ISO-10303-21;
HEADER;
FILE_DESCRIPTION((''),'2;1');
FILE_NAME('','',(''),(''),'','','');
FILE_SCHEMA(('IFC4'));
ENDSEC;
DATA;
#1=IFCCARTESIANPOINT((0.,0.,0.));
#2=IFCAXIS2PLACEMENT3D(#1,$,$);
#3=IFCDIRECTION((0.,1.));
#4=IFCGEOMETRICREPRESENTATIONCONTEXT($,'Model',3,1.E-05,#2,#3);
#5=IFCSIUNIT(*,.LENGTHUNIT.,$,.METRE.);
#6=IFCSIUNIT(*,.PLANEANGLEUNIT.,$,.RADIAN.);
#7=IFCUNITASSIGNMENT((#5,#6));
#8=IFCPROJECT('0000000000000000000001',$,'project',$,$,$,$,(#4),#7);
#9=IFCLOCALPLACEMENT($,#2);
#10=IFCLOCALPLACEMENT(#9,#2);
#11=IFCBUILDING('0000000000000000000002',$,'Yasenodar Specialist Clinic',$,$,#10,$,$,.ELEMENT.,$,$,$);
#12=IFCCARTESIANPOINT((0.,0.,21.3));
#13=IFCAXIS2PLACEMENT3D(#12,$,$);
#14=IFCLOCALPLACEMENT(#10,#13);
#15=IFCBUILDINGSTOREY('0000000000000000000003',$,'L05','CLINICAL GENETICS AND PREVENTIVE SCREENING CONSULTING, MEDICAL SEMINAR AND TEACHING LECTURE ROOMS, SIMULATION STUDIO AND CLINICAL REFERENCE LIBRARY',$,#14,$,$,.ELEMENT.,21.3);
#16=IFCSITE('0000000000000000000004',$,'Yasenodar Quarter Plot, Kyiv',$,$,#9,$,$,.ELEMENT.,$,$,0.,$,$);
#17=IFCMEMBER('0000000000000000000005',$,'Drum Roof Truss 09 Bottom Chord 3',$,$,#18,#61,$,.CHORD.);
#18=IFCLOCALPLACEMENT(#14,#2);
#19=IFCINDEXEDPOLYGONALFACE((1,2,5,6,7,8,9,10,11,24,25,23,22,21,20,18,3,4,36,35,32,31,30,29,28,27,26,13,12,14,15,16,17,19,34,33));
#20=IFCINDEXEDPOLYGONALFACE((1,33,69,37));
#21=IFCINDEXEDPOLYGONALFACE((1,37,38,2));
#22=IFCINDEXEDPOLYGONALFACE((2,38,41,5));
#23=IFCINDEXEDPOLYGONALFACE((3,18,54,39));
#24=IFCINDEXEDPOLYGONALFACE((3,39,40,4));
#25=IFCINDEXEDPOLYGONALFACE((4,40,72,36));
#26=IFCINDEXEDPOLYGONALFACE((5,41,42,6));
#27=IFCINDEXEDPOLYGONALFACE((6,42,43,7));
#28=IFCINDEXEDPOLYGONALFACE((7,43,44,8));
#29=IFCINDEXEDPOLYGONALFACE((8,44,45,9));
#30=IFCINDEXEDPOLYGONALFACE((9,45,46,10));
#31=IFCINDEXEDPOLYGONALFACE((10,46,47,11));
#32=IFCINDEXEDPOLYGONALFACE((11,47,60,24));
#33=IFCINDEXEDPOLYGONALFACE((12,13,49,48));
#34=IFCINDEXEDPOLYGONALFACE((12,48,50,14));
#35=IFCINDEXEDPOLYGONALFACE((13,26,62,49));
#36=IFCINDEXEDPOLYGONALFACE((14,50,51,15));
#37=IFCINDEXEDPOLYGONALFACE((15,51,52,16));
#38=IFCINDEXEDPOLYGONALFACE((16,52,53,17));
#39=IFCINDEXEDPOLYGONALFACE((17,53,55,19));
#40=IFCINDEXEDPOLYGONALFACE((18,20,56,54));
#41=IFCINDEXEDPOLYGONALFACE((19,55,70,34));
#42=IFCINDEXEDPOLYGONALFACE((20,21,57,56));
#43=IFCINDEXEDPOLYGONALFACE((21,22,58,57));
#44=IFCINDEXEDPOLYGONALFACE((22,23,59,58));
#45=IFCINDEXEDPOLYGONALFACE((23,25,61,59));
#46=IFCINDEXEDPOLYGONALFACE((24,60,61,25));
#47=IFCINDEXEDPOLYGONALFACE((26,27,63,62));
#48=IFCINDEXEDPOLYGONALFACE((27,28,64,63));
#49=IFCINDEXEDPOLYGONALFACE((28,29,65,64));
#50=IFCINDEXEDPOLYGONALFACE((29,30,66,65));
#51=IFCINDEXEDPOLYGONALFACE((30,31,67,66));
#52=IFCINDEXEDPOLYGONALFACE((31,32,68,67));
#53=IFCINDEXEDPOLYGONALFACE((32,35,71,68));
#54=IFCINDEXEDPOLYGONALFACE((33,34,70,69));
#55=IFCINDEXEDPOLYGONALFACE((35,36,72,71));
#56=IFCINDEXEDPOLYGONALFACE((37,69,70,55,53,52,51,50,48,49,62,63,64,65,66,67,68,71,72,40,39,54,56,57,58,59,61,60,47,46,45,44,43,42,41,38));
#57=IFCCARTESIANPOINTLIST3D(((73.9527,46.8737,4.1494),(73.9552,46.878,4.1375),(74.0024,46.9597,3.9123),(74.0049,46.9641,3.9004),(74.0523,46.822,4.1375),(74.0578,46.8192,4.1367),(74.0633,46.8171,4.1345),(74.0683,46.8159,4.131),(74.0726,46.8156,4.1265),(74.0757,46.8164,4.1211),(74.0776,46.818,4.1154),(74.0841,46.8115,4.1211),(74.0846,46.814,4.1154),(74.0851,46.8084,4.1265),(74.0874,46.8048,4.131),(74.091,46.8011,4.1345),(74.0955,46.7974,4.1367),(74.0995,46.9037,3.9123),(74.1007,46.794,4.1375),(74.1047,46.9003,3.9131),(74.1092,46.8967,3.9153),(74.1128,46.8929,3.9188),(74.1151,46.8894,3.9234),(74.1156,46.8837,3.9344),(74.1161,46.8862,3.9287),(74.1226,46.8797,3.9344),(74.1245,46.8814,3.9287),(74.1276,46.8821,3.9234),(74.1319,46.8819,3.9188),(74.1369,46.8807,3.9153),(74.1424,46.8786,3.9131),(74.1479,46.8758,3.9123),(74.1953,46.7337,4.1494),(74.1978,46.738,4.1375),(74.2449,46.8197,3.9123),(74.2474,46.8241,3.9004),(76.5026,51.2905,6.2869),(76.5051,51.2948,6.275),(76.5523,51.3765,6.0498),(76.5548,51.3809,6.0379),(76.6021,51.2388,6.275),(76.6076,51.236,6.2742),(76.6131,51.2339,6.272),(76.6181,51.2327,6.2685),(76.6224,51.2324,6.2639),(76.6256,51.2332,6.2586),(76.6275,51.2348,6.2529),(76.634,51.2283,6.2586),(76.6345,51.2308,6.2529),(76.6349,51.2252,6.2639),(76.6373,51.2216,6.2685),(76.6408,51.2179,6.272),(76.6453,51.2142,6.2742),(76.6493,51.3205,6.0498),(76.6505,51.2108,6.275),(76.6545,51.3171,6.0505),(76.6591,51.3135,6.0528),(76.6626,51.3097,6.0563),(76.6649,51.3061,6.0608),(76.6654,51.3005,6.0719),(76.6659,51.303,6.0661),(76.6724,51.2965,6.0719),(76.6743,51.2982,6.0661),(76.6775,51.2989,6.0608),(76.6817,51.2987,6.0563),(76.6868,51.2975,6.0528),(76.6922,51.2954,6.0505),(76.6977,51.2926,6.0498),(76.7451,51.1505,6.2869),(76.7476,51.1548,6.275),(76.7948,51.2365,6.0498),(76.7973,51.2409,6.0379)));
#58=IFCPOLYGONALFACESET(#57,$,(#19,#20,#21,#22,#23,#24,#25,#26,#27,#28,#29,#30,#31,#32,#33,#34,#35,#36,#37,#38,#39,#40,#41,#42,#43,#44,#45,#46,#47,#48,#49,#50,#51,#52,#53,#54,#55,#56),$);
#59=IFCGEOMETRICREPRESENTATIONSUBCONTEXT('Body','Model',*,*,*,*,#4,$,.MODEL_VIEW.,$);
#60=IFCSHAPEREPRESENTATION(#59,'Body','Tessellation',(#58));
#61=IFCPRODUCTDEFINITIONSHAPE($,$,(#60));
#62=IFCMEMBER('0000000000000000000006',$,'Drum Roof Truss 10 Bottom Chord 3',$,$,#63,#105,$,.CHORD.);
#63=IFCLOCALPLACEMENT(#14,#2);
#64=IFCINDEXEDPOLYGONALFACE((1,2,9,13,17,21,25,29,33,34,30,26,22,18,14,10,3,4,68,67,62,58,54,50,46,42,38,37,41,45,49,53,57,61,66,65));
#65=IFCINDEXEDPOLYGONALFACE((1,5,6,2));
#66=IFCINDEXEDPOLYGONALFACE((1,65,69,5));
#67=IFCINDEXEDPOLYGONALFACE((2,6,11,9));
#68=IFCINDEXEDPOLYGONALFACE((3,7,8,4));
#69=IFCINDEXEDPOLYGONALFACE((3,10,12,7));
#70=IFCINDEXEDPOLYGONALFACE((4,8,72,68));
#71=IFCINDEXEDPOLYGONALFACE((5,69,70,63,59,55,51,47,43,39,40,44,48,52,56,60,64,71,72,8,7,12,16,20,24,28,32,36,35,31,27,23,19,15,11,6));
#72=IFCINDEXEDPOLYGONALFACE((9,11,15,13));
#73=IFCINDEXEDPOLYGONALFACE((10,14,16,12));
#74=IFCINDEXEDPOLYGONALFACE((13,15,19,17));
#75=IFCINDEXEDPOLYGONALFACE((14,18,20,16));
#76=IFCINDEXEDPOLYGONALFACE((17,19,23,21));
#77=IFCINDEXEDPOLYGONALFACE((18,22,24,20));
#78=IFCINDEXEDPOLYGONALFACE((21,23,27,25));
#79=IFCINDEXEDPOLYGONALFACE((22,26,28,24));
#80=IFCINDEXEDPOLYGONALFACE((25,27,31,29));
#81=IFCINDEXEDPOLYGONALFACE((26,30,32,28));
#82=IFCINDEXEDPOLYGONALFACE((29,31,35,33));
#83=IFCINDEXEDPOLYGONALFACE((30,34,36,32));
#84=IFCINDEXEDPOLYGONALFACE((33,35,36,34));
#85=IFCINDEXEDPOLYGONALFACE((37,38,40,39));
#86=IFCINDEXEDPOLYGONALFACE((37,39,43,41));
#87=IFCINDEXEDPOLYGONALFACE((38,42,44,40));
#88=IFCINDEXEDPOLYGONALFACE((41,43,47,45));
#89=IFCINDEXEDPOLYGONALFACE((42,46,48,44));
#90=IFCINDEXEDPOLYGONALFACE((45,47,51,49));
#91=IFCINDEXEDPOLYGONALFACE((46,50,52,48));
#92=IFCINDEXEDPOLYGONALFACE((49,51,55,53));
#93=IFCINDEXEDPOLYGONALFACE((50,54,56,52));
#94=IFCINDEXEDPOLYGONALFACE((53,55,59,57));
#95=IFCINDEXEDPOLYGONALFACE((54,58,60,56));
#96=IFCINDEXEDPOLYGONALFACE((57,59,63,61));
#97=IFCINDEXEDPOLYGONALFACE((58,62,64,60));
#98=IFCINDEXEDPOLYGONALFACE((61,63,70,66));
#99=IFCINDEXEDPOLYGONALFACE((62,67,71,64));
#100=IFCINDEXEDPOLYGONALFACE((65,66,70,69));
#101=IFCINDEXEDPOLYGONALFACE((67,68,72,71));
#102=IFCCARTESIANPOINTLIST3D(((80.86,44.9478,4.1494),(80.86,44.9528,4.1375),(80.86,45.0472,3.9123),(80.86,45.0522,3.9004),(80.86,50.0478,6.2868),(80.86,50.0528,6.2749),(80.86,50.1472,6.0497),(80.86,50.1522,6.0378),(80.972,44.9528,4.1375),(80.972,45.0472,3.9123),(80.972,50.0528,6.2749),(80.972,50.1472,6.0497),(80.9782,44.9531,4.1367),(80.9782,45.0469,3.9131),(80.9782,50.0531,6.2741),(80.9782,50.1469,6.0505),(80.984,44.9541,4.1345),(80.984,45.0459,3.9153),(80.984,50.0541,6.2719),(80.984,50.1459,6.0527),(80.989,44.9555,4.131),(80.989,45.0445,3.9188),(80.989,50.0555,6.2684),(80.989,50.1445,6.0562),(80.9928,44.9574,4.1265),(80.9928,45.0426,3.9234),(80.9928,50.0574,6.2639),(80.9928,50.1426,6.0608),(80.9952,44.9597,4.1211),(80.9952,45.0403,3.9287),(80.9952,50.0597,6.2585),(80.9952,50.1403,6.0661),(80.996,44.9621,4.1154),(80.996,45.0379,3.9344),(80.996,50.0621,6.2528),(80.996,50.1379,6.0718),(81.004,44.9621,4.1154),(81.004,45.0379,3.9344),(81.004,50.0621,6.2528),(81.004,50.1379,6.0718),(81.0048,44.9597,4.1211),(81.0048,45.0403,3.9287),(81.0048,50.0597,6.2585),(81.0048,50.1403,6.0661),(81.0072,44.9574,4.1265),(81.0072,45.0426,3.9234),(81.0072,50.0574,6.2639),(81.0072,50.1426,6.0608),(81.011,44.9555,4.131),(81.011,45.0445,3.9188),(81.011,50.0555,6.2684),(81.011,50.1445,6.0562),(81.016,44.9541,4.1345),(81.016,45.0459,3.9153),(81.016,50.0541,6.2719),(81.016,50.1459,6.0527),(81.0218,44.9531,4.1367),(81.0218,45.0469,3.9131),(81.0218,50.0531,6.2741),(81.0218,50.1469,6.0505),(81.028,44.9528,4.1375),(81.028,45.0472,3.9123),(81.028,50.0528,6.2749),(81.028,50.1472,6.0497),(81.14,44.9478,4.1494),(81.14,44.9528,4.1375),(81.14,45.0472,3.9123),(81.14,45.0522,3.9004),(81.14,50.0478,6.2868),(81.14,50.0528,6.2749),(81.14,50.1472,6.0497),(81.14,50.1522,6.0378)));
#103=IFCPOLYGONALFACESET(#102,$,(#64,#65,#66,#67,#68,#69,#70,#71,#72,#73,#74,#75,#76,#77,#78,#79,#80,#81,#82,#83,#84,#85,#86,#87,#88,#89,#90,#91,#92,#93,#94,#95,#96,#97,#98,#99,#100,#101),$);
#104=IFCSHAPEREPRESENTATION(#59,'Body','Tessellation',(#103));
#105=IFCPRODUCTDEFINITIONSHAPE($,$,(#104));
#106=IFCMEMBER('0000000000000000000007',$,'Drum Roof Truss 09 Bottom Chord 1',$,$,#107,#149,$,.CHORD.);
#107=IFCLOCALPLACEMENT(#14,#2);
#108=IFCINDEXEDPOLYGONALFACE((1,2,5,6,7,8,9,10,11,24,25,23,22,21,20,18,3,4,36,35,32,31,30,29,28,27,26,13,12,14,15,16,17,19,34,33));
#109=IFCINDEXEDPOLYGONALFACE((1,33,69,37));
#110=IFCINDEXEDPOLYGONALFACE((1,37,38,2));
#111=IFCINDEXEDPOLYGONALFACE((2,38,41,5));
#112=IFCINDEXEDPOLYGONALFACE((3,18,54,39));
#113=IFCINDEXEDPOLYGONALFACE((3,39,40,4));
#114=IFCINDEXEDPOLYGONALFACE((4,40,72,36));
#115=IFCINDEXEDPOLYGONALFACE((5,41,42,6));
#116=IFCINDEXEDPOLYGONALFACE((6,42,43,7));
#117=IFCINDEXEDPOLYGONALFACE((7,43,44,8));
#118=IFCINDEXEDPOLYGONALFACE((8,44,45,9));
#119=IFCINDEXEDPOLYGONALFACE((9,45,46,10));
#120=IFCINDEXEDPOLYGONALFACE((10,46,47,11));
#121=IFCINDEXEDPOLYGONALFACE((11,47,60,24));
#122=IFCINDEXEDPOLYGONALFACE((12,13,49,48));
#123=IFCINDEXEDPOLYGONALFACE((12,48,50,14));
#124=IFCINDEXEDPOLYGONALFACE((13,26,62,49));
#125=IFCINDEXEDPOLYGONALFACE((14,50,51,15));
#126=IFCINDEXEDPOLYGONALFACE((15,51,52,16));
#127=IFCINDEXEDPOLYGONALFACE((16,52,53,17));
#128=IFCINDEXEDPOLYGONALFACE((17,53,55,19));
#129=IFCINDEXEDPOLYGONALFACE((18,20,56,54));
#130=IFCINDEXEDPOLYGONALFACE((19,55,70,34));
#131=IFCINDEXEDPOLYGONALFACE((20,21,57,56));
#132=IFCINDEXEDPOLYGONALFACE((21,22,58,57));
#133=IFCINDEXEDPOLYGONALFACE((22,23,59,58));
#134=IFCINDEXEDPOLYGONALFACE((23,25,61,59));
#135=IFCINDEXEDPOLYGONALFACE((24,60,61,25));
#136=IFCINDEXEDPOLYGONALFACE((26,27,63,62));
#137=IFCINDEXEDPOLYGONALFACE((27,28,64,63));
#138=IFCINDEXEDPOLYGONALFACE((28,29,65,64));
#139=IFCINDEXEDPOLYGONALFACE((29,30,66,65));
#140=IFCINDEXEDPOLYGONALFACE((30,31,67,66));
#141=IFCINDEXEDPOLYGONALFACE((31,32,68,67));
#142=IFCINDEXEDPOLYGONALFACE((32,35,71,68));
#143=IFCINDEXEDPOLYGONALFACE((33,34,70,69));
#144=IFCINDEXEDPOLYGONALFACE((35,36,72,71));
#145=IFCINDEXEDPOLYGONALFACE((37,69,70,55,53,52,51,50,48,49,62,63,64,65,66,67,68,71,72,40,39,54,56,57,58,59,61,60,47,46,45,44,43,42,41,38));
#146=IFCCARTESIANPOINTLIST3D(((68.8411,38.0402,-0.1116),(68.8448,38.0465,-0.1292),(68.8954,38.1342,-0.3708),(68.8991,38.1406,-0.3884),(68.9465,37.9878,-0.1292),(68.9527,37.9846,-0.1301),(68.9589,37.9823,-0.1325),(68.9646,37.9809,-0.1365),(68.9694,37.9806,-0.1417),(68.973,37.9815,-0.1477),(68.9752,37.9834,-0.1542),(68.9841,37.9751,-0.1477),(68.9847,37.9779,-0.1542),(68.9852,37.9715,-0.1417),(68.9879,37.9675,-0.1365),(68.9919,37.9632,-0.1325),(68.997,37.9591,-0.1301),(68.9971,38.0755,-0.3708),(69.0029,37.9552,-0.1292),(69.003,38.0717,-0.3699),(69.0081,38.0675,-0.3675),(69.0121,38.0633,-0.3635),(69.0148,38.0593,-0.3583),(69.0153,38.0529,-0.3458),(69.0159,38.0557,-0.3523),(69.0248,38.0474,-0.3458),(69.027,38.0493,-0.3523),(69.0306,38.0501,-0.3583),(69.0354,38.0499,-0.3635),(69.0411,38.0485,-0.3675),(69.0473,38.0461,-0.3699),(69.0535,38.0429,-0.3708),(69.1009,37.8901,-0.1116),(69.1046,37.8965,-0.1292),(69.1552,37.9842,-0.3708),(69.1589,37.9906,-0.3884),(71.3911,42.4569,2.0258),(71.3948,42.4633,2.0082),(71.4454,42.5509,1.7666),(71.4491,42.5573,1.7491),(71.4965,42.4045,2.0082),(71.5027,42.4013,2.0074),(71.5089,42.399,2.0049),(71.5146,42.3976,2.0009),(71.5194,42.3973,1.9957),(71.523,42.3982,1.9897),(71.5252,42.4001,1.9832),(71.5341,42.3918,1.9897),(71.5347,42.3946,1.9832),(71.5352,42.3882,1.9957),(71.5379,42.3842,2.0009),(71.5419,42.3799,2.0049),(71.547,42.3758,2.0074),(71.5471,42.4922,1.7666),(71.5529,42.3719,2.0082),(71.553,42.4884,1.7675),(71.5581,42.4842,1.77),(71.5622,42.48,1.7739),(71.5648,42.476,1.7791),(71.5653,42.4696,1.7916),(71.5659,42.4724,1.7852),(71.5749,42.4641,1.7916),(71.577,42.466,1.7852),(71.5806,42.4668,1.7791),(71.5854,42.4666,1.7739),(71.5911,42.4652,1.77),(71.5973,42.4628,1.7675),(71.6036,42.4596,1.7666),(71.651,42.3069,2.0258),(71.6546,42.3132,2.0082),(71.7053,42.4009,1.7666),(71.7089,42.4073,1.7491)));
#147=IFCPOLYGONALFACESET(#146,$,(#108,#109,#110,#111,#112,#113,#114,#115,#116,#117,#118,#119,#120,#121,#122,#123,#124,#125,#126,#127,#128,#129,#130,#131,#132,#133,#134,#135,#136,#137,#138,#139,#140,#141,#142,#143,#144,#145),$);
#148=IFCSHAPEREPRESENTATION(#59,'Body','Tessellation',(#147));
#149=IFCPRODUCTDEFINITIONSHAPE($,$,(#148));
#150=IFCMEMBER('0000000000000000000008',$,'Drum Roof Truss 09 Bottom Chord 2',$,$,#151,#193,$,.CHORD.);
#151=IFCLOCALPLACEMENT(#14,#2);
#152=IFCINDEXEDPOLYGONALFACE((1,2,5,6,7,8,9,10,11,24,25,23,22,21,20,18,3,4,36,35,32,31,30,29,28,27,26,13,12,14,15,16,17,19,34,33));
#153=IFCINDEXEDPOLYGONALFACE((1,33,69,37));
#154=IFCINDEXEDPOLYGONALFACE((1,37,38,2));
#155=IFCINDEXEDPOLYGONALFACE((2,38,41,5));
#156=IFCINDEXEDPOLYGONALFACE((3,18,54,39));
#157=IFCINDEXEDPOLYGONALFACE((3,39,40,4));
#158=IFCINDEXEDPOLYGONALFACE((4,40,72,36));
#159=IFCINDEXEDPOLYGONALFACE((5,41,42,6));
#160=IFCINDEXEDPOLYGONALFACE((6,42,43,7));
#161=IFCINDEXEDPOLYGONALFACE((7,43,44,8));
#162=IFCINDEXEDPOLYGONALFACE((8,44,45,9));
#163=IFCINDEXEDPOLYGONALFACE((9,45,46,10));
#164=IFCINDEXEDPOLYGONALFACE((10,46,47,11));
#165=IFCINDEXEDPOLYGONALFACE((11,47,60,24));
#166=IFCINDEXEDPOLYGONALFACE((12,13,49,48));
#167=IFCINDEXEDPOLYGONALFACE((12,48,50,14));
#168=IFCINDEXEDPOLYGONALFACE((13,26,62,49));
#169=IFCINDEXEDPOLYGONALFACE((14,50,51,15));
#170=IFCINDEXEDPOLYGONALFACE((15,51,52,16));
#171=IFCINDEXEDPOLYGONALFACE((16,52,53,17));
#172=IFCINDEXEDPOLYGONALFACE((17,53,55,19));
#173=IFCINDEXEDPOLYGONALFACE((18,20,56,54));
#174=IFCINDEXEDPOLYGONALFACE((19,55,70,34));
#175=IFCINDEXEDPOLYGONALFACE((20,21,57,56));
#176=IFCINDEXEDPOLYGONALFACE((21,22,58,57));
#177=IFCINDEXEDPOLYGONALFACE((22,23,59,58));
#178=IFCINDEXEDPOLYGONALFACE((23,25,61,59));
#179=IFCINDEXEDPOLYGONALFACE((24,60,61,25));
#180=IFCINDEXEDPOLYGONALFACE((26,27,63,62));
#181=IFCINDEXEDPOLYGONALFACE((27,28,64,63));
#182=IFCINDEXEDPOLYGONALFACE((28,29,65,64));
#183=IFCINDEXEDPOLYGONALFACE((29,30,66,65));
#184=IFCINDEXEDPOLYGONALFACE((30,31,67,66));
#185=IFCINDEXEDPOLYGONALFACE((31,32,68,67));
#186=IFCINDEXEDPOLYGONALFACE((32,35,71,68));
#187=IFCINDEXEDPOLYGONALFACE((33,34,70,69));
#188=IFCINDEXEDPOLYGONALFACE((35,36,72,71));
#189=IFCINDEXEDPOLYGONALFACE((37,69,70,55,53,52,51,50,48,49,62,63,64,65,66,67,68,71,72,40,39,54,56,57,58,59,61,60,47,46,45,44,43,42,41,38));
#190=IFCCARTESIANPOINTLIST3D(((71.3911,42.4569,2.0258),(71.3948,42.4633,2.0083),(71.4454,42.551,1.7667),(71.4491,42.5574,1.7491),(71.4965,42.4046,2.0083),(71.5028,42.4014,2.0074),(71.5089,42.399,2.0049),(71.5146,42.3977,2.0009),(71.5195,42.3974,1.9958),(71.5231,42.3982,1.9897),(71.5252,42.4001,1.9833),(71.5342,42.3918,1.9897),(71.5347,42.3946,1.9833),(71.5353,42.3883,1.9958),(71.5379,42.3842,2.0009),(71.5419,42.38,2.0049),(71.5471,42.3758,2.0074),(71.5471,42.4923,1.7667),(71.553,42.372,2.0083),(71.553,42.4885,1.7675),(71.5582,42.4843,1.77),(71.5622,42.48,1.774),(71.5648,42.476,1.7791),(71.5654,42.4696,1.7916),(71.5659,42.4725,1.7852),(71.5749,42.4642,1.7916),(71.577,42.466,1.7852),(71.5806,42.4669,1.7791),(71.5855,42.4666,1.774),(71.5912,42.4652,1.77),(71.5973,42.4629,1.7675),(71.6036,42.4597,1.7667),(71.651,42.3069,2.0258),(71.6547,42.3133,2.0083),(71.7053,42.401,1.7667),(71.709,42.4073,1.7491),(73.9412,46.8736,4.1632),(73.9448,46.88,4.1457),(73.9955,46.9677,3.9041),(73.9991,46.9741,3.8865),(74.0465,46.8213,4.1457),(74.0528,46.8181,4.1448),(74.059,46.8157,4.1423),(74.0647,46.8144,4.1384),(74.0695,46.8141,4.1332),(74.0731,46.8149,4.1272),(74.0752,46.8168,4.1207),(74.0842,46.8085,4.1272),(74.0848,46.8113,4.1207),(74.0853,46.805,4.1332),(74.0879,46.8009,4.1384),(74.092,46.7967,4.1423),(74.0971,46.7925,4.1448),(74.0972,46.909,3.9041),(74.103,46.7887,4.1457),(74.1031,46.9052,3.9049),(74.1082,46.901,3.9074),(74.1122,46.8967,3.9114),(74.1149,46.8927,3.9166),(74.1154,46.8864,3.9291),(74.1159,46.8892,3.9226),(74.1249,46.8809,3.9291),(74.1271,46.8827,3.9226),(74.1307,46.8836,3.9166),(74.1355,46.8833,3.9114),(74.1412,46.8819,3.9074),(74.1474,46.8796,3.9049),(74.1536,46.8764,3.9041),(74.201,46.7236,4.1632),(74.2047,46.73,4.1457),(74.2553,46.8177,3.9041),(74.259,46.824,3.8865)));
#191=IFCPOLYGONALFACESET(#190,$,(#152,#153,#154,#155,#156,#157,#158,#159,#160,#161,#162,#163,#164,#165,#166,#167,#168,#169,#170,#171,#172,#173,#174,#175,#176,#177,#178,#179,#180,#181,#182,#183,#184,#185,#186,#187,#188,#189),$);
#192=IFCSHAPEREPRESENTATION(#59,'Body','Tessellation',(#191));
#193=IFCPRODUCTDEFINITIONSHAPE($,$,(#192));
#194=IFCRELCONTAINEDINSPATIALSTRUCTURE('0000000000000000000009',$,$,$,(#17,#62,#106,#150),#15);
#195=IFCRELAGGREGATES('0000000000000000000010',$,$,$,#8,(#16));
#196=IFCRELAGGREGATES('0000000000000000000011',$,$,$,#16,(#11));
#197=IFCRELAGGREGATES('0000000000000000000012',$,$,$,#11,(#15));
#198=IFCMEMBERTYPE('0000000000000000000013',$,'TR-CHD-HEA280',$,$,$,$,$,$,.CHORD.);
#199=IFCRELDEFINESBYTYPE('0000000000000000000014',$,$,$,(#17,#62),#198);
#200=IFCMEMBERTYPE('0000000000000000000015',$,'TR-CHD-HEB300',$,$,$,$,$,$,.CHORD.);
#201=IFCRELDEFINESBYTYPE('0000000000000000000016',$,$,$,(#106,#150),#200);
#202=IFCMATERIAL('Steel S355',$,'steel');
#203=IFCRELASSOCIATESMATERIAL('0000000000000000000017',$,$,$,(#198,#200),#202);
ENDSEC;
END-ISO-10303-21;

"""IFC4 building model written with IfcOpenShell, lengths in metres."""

from ifc_helpers import new_model, si_unit, direction, frame, origin, origin_2d, place, context, subcontext, project, spatial, i_section, extrude, material, material_profile, profile_set, type_object, element, save


model = new_model("IFC4")

# Units and contexts
model_context = context("Model", 3, precision=1e-05, world=origin(), true_north=direction((0.0, 1.0)))
body_context = subcontext(model_context, "Body", "Model", "MODEL_VIEW")
ifc_project = project(units=[si_unit("LENGTHUNIT", "METRE"), si_unit("PLANEANGLEUNIT", "RADIAN")], contexts=[model_context])

# Site, building, storey
site_placement = place(None, origin())
site = spatial("IfcSite", under=ifc_project, at=site_placement, Name="Yasenodar Quarter Plot, Kyiv", CompositionType="ELEMENT", RefElevation=0.0)
building_placement = place(site_placement, origin())
building = spatial("IfcBuilding", under=site, at=building_placement, Name="Yasenodar Specialist Clinic", CompositionType="ELEMENT")
storey_placement = place(building_placement, frame((0.0, 0.0, 21.3)))
storey = spatial("IfcBuildingStorey", under=building, at=storey_placement, Name="L05", Description="CLINICAL GENETICS AND PREVENTIVE SCREENING CONSULTING, MEDICAL SEMINAR AND TEACHING LECTURE ROOMS, SIMULATION STUDIO AND CLINICAL REFERENCE LIBRARY", CompositionType="ELEMENT", Elevation=21.3)

# Members
ifc_material = material(Name="Steel S355", Category="steel")
ifc_material_profile_1 = material_profile(ifc_material, i_section(OverallWidth=0.28, OverallDepth=0.27, WebThickness=0.0081, FlangeThickness=0.0129, FilletRadius=0.0239, at=origin_2d()), Name="HEA 280")
ifc_profile_set_1 = profile_set([ifc_material_profile_1], Name="Steel S355")
member_type_1 = type_object("IfcMemberType", Name="TR-CHD-HEA280", PredefinedType="CHORD", material=ifc_profile_set_1)
for number, where, z_axis, x_axis, name in (
    (1, (74.1001, 46.8489, 4.0249), (0.461109, 0.798728, 0.386538), (-0.866043, 0.49997, 0.0), "Drum Roof Truss 09 Bottom Chord 3"),
    (2, (81.0, 45.0, 4.0249), (0.0, 0.922278, 0.386527), (-1.0, 0.0, 0.0), "Drum Roof Truss 10 Bottom Chord 3"),
):
    element("IfcMember", number, at=place(storey_placement, frame(where, z_axis=z_axis, x_axis=x_axis)), inside=storey, type_object=member_type_1, Name=name, PredefinedType="CHORD", context=body_context, shape_type="SweptSolid", body=[
        extrude(i_section(OverallWidth=0.28, OverallDepth=0.27, WebThickness=0.0081, FlangeThickness=0.0129, FilletRadius=0.0239, at=origin_2d()), origin(), (0.0, 0.0, 1.0), 5.5298),
    ])
ifc_material_profile_2 = material_profile(ifc_material, i_section(OverallWidth=0.3, OverallDepth=0.3, WebThickness=0.011, FlangeThickness=0.019, FilletRadius=0.0271, at=origin_2d()), Name="HEB 300")
ifc_profile_set_2 = profile_set([ifc_material_profile_2], Name="Steel S355")
member_type_2 = type_object("IfcMemberType", Name="TR-CHD-HEB300", PredefinedType="CHORD", material=ifc_profile_set_2)
for number, where, z_axis, x_axis, name in (
    (3, (69.0, 38.0154, -0.25), (0.461143, 0.798712, 0.386531), (-0.866022, 0.500006, 0.0), "Drum Roof Truss 09 Bottom Chord 1"),
    (4, (71.55, 42.4321, 1.8875), (0.461143, 0.798712, 0.386531), (-0.866022, 0.500006, 0.0), "Drum Roof Truss 09 Bottom Chord 2"),
):
    element("IfcMember", number, at=place(storey_placement, frame(where, z_axis=z_axis, x_axis=x_axis)), inside=storey, type_object=member_type_2, Name=name, PredefinedType="CHORD", context=body_context, shape_type="SweptSolid", body=[
        extrude(i_section(OverallWidth=0.3, OverallDepth=0.3, WebThickness=0.011, FlangeThickness=0.019, FilletRadius=0.0271, at=origin_2d()), origin(), (0.0, 0.0, 1.0), 5.5298),
    ])

save(model, "model.ifc")
